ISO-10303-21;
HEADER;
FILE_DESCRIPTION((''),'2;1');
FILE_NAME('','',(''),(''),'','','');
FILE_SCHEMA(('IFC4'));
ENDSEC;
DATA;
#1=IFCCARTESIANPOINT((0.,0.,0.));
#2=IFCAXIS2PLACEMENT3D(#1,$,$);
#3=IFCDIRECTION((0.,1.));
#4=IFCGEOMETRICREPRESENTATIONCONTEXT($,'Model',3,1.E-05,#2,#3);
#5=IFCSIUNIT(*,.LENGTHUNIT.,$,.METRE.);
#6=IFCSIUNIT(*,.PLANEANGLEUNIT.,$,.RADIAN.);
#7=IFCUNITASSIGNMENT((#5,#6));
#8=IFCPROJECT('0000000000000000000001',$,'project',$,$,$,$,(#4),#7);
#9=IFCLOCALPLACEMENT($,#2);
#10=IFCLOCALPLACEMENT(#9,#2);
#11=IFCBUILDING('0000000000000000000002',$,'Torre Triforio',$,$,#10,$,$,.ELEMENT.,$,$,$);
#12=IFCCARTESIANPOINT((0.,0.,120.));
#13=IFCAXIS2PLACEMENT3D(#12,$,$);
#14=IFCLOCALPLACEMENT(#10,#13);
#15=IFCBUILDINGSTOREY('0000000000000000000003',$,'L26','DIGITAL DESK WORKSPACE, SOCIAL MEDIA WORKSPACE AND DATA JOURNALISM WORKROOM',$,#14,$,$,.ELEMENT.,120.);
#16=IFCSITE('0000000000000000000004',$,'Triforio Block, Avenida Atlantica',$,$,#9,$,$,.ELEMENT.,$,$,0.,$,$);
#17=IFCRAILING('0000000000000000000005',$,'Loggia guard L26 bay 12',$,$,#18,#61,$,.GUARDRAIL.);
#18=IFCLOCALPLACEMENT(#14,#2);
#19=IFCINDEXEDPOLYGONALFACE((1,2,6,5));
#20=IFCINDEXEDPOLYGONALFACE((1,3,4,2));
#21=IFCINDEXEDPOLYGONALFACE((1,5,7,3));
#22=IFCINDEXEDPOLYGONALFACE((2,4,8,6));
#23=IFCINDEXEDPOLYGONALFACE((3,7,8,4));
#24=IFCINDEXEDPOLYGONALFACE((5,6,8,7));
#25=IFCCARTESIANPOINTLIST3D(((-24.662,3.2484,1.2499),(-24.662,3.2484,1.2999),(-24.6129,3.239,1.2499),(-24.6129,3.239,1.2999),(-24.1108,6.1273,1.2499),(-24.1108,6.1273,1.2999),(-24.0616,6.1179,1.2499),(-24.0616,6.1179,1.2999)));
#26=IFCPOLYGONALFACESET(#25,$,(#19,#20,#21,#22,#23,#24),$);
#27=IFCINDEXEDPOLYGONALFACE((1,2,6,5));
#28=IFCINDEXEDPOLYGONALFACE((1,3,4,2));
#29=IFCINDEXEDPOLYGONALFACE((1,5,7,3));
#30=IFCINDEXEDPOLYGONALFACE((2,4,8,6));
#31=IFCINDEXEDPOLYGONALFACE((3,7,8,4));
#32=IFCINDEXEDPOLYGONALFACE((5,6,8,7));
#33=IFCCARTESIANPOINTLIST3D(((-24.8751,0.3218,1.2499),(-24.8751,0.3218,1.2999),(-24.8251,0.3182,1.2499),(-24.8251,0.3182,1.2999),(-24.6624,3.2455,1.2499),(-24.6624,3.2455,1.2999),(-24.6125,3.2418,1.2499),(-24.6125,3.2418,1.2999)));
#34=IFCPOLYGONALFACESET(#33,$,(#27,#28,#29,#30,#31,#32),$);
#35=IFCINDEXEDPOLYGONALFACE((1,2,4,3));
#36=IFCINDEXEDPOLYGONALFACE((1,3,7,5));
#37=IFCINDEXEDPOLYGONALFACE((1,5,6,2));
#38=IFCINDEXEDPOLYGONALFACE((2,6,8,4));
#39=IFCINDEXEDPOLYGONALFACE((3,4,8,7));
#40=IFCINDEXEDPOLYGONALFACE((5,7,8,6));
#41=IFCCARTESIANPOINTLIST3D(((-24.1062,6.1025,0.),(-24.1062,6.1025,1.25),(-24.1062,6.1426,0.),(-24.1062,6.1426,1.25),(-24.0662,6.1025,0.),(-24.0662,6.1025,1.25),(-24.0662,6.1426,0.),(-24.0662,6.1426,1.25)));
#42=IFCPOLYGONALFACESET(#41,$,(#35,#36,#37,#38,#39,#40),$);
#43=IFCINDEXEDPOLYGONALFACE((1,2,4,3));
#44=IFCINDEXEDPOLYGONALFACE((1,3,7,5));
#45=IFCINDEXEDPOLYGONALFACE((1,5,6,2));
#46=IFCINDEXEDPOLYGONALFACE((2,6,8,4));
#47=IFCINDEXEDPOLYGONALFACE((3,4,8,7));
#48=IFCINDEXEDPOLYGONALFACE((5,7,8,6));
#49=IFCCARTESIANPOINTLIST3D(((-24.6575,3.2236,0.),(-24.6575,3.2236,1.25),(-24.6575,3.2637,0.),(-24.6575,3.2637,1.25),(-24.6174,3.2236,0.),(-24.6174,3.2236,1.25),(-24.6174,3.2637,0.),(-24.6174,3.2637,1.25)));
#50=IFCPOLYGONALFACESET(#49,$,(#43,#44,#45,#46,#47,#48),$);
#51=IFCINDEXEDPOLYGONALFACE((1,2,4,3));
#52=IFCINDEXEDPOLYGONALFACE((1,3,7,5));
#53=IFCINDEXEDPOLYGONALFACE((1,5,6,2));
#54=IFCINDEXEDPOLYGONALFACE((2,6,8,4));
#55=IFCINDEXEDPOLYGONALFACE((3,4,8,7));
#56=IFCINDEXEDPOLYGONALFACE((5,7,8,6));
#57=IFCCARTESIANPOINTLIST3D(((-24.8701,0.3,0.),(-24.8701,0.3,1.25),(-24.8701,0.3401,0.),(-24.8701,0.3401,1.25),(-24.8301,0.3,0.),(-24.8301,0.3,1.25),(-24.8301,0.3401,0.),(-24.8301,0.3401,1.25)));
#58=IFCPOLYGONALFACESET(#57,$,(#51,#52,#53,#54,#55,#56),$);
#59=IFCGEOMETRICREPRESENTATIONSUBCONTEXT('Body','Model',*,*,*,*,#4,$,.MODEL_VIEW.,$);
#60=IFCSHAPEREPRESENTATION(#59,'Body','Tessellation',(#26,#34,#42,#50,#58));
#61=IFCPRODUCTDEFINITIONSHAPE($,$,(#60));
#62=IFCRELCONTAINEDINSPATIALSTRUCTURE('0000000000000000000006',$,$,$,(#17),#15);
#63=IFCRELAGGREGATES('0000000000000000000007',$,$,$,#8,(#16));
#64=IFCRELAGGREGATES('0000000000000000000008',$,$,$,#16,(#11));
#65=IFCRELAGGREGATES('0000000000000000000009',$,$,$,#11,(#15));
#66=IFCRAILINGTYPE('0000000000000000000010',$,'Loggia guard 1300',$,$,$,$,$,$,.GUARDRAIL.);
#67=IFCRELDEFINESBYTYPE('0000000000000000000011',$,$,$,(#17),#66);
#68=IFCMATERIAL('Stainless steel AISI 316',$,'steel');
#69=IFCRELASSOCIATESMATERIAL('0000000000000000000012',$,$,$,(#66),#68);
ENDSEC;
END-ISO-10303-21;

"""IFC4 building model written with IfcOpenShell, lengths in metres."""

from ifc_helpers import new_model, si_unit, direction, frame, origin, origin_2d, place, context, subcontext, project, spatial, rectangle, extrude, material, type_object, element, save


model = new_model("IFC4")

# Units and contexts
model_context = context("Model", 3, precision=1e-05, world=origin(), true_north=direction((0.0, 1.0)))
body_context = subcontext(model_context, "Body", "Model", "MODEL_VIEW")
ifc_project = project(units=[si_unit("LENGTHUNIT", "METRE"), si_unit("PLANEANGLEUNIT", "RADIAN")], contexts=[model_context])

# Site, building, storey
site_placement = place(None, origin())
site = spatial("IfcSite", under=ifc_project, at=site_placement, Name="Triforio Block, Avenida Atlantica", CompositionType="ELEMENT", RefElevation=0.0)
building_placement = place(site_placement, origin())
building = spatial("IfcBuilding", under=site, at=building_placement, Name="Torre Triforio", CompositionType="ELEMENT")
storey_placement = place(building_placement, frame((0.0, 0.0, 120.0)))
storey = spatial("IfcBuildingStorey", under=building, at=storey_placement, Name="L26", Description="DIGITAL DESK WORKSPACE, SOCIAL MEDIA WORKSPACE AND DATA JOURNALISM WORKROOM", CompositionType="ELEMENT", Elevation=120.0)

# Railing
ifc_material_1 = material(Name="Stainless steel AISI 316", Category="steel")
railing_type = type_object("IfcRailingType", Name="Loggia guard 1300", PredefinedType="GUARDRAIL", material=ifc_material_1)
railing_placement = place(storey_placement, frame((-24.0862, 6.1226, 0.0)))
element("IfcRailing", 1, at=railing_placement, inside=storey, type_object=railing_type, Name="Loggia guard L26 bay 12", PredefinedType="GUARDRAIL", context=body_context, shape_type="SweptSolid", body=[
    extrude(rectangle(XDim=0.05, YDim=0.05, at=origin_2d()), frame((0.0, 0.0, 1.2749), z_axis=(-0.188069, -0.982156, 0.0), x_axis=(0.982156, -0.188069, 0.0)), (0.0, 0.0, 1.0), 2.9312),
    extrude(rectangle(XDim=0.05, YDim=0.05, at=origin_2d()), frame((-0.5513, -2.8789, 1.2749), z_axis=(-0.072543, -0.997365, 0.0), x_axis=(0.997365, -0.072543, 0.0)), (0.0, 0.0, 1.0), 2.9314),
    extrude(rectangle(XDim=0.04, YDim=0.04, at=origin_2d()), origin(), (0.0, 0.0, 1.0), 1.25),
    extrude(rectangle(XDim=0.04, YDim=0.04, at=origin_2d()), frame((-0.5513, -2.8789, 0.0)), (0.0, 0.0, 1.0), 1.25),
    extrude(rectangle(XDim=0.04, YDim=0.04, at=origin_2d()), frame((-0.7639, -5.8025, 0.0)), (0.0, 0.0, 1.0), 1.25),
])

save(model, "model.ifc")
